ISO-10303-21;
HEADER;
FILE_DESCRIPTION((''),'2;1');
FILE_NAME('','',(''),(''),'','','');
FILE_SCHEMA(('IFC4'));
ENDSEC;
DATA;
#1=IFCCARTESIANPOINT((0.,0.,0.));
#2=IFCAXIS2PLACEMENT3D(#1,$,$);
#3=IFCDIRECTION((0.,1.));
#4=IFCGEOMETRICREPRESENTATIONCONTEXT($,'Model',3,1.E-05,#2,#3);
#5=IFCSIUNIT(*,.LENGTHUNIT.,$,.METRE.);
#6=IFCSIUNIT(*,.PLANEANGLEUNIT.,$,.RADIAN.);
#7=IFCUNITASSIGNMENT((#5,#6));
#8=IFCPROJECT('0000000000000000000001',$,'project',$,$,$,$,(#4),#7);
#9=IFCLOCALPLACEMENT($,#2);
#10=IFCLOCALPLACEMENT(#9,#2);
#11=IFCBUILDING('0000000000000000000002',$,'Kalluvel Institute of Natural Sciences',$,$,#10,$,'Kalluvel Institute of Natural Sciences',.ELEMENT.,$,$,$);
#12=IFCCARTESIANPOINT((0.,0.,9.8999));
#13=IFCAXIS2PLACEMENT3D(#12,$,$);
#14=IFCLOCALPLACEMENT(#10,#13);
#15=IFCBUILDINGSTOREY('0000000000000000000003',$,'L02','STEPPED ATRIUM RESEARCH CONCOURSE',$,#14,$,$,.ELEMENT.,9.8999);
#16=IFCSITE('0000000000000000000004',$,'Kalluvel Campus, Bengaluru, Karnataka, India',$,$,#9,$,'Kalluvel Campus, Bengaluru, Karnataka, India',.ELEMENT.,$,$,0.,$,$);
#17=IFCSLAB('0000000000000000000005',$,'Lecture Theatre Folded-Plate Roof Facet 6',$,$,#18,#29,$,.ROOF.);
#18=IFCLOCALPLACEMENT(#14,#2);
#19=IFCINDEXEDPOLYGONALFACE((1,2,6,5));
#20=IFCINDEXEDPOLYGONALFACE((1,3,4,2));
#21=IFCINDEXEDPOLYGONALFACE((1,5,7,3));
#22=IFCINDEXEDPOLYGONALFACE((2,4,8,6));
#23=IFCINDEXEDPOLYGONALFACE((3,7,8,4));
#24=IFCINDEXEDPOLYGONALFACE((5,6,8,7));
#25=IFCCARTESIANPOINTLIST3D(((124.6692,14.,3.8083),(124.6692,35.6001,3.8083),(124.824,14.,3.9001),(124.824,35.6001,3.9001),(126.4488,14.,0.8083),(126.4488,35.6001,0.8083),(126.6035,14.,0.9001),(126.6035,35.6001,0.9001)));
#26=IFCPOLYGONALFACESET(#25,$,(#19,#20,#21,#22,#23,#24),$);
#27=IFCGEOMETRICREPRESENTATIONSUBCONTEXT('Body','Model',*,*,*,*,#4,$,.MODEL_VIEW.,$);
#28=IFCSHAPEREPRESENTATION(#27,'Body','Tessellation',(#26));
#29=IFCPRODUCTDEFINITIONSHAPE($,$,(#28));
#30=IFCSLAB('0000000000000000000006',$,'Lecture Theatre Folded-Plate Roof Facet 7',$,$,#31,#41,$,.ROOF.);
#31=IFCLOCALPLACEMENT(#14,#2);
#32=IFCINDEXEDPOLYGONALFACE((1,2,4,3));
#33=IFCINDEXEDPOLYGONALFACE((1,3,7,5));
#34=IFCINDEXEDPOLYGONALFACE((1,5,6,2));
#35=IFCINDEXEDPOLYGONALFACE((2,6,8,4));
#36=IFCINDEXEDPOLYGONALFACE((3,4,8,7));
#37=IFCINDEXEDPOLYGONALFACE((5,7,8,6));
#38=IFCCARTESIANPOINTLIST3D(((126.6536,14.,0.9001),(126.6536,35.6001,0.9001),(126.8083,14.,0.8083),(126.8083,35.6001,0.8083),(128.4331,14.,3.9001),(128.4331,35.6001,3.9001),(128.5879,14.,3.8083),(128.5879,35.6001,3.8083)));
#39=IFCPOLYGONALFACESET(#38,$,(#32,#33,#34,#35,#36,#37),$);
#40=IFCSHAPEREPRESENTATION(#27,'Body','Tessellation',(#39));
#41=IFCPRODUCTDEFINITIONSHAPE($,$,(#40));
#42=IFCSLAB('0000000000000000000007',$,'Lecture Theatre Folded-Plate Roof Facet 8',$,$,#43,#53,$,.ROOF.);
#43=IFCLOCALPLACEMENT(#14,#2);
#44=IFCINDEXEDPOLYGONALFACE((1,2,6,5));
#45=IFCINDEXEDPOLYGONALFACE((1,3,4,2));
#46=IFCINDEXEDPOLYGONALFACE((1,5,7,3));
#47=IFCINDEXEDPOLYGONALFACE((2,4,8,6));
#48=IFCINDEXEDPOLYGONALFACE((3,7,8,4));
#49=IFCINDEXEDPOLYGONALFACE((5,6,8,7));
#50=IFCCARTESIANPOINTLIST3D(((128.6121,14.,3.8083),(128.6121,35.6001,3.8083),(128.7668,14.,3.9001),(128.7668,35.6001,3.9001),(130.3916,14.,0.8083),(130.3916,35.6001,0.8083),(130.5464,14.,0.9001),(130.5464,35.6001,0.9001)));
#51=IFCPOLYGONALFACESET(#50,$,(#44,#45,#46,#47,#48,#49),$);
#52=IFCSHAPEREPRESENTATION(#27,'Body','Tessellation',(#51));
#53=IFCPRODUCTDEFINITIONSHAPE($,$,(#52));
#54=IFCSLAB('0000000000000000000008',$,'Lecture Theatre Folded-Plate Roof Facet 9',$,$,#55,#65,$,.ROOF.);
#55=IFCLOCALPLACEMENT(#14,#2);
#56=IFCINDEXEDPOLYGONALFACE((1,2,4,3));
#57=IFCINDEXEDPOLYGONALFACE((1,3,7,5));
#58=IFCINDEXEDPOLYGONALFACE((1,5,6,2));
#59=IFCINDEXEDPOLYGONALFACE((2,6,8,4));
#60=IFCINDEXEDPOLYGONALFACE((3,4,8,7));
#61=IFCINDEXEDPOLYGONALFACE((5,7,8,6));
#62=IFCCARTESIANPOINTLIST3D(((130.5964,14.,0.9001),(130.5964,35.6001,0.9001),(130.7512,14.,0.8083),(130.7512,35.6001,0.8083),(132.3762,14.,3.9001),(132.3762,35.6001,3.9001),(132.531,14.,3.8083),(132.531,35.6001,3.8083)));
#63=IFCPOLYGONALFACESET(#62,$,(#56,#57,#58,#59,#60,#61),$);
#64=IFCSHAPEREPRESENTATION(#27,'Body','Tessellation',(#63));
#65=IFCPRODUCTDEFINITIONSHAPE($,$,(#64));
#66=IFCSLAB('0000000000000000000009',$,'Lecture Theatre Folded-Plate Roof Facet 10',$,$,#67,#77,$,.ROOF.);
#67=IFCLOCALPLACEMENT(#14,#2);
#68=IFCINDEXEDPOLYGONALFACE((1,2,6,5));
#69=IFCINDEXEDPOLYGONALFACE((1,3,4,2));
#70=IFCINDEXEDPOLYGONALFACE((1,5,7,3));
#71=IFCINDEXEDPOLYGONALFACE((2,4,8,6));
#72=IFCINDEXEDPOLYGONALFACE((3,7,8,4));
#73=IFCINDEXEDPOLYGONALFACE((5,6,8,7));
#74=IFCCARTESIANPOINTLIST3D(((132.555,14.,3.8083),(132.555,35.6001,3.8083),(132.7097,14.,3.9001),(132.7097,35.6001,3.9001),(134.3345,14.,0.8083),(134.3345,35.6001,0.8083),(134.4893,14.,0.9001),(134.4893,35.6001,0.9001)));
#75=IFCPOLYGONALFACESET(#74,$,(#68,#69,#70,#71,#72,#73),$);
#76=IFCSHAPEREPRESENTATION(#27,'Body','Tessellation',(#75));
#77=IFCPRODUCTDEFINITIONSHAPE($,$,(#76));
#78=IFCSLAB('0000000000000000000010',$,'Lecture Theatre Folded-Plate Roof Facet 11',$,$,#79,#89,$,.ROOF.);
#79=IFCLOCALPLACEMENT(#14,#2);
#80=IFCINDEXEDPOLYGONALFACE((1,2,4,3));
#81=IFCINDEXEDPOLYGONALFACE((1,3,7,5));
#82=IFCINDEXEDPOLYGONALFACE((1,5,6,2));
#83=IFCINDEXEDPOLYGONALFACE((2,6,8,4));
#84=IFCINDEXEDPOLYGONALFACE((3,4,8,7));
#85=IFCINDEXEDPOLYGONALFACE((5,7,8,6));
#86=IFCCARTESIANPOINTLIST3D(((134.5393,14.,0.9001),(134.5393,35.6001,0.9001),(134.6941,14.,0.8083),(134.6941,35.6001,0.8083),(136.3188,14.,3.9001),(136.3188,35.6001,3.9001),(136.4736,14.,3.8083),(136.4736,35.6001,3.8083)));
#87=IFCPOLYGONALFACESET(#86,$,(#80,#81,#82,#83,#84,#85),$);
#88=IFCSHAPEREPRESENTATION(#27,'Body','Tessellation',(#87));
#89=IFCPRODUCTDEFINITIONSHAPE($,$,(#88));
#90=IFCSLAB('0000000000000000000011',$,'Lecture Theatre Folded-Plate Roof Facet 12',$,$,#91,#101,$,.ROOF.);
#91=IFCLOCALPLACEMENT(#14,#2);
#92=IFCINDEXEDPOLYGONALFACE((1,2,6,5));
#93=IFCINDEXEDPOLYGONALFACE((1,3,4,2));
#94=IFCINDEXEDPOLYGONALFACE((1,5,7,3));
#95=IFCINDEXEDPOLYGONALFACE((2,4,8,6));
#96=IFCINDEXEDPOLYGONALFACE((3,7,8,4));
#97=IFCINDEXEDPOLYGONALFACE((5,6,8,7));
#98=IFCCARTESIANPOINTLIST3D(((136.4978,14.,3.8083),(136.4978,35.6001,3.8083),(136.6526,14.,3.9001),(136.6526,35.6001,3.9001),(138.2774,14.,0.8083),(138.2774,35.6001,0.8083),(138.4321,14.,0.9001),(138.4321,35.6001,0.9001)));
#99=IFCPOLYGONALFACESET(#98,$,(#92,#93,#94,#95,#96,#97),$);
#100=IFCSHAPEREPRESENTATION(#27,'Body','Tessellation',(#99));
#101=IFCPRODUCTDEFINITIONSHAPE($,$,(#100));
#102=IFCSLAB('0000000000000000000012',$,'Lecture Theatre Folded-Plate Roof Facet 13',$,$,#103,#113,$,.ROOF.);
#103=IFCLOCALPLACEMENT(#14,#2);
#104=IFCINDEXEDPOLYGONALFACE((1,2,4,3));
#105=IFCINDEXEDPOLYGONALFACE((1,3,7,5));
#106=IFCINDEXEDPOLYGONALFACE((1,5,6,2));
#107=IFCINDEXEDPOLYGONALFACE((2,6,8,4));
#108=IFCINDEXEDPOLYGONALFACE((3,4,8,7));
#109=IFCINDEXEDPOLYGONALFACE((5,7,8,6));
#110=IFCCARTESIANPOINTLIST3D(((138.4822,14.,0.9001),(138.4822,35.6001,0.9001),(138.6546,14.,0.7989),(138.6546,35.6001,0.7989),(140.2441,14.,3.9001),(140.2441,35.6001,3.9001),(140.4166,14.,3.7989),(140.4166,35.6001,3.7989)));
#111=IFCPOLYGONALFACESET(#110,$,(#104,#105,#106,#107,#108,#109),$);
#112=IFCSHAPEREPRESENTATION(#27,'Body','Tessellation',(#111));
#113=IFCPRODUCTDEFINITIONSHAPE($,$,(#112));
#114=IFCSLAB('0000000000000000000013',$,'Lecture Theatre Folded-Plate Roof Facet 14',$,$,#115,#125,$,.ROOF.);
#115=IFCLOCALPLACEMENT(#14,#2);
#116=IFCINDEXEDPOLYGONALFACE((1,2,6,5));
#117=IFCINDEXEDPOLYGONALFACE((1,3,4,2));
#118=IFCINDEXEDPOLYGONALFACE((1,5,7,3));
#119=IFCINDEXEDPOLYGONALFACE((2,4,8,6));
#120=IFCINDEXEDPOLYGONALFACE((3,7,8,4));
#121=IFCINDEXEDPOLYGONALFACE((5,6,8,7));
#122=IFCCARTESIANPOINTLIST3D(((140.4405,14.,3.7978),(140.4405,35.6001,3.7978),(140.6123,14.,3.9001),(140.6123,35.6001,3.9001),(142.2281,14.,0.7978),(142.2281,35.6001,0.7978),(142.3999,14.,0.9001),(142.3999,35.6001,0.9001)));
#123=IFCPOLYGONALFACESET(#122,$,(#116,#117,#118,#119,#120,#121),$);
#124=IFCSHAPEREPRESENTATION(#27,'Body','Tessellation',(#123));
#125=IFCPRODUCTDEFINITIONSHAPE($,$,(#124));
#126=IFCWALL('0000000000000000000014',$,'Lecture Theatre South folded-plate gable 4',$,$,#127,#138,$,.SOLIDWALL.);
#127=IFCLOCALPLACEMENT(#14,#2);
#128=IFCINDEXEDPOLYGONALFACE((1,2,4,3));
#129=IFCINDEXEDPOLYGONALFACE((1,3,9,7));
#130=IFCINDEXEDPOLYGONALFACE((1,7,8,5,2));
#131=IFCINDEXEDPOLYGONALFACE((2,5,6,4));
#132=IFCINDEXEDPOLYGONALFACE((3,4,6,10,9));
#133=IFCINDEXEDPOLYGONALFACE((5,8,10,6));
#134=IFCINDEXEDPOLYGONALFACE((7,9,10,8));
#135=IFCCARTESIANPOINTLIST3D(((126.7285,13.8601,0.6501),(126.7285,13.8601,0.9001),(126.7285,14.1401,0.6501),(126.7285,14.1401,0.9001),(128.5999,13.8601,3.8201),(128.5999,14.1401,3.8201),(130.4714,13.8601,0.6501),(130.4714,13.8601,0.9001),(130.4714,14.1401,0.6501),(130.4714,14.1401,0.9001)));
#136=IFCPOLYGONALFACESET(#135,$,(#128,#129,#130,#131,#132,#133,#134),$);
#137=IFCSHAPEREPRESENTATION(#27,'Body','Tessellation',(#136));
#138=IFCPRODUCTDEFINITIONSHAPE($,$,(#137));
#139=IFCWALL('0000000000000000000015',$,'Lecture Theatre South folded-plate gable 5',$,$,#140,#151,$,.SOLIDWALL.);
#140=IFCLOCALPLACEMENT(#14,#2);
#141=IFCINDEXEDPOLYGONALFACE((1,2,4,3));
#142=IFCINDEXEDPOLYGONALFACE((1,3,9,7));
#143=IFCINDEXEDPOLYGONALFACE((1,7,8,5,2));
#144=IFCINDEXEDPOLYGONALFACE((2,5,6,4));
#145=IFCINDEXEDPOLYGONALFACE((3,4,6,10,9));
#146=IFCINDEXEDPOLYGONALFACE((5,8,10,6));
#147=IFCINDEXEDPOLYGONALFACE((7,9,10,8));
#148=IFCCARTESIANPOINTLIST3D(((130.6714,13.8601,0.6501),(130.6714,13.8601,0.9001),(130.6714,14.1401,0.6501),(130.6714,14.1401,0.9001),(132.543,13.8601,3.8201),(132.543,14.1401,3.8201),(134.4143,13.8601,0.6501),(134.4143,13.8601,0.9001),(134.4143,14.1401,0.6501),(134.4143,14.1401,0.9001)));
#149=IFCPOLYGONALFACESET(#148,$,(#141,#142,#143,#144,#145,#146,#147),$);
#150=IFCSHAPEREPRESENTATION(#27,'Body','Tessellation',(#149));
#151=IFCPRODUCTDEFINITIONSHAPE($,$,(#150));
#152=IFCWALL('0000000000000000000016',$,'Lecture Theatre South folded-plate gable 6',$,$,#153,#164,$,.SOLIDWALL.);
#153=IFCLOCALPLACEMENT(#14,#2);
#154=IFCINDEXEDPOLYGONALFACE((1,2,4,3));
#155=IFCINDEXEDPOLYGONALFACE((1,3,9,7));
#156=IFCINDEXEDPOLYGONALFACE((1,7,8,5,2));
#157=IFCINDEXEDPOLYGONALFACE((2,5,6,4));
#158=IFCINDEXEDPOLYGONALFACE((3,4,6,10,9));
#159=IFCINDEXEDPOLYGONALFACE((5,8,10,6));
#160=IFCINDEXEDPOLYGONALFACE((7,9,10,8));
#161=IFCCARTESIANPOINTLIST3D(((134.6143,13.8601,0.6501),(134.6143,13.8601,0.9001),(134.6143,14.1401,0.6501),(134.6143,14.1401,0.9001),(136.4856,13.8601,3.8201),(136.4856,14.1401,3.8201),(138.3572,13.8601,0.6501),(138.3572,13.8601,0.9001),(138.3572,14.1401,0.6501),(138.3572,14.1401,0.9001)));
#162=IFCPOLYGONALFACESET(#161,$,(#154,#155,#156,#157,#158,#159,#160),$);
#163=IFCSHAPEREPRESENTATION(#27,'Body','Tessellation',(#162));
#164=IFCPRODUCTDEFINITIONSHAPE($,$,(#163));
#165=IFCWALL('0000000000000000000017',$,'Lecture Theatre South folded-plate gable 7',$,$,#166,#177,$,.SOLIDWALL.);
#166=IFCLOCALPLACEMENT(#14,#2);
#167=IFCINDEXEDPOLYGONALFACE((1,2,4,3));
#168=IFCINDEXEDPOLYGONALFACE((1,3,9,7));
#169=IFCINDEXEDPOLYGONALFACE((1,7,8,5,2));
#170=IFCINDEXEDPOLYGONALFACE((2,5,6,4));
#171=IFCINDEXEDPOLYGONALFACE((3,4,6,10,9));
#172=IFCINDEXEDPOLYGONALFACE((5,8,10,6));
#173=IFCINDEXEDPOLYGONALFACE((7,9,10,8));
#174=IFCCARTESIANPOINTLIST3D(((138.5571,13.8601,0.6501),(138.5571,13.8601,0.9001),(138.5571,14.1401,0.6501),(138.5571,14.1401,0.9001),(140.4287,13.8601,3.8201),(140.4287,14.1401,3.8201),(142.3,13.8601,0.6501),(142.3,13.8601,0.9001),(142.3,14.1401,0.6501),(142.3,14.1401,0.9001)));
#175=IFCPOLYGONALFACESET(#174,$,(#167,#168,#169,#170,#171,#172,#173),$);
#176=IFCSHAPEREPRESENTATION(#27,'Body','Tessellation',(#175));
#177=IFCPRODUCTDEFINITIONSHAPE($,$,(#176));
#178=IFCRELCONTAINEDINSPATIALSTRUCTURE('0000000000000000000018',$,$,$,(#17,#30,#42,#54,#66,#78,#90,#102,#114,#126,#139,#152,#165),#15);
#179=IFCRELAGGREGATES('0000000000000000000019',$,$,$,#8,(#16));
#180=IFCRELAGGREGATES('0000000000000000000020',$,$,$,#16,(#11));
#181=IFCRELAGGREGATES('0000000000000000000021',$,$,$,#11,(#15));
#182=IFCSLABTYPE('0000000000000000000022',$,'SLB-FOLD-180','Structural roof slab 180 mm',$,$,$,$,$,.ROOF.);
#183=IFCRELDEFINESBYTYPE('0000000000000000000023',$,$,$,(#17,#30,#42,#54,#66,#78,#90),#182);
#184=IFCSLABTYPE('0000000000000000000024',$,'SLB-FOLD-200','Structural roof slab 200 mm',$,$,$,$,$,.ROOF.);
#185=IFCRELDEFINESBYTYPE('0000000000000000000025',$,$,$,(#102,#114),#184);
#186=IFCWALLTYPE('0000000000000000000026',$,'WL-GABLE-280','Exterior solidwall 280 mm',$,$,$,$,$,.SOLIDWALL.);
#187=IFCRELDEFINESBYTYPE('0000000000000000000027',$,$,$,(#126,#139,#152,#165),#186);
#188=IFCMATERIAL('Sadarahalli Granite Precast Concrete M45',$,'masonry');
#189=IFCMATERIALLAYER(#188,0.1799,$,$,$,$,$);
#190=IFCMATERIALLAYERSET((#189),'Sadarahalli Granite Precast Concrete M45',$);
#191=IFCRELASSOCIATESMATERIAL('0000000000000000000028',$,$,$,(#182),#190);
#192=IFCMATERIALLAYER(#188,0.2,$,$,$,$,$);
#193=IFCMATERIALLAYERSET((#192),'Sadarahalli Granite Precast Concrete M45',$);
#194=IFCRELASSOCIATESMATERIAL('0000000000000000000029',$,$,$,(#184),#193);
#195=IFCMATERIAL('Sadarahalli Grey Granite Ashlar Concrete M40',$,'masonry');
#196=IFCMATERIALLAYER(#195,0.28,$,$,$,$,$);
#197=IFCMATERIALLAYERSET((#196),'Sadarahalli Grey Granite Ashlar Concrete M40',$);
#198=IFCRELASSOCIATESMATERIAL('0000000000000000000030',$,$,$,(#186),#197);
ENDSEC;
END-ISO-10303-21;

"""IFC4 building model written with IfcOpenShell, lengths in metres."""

from ifc_helpers import new_model, si_unit, direction, frame, origin, place, context, subcontext, project, spatial, polyline, outline, extrude, material, layer, layer_set, type_object, element, save


model = new_model("IFC4")

# Units and contexts
model_context = context("Model", 3, precision=1e-05, world=origin(), true_north=direction((0.0, 1.0)))
body_context = subcontext(model_context, "Body", "Model", "MODEL_VIEW")
ifc_project = project(units=[si_unit("LENGTHUNIT", "METRE"), si_unit("PLANEANGLEUNIT", "RADIAN")], contexts=[model_context])

# Site, building, storey
site_placement = place(None, origin())
site = spatial("IfcSite", under=ifc_project, at=site_placement, Name="Kalluvel Campus, Bengaluru, Karnataka, India", LongName="Kalluvel Campus, Bengaluru, Karnataka, India", CompositionType="ELEMENT", RefElevation=0.0)
building_placement = place(site_placement, origin())
building = spatial("IfcBuilding", under=site, at=building_placement, Name="Kalluvel Institute of Natural Sciences", LongName="Kalluvel Institute of Natural Sciences", CompositionType="ELEMENT")
storey_placement = place(building_placement, frame((0.0, 0.0, 9.8999)))
storey = spatial("IfcBuildingStorey", under=building, at=storey_placement, Name="L02", Description="STEPPED ATRIUM RESEARCH CONCOURSE", CompositionType="ELEMENT", Elevation=9.8999)

# Slabs
ifc_material_1 = material(Name="Sadarahalli Granite Precast Concrete M45", Category="masonry")
ifc_layer_1 = layer(ifc_material_1, 0.1799)
ifc_layer_set_1 = layer_set([ifc_layer_1], Name="Sadarahalli Granite Precast Concrete M45")
slab_type_1 = type_object("IfcSlabType", Name="SLB-FOLD-180", Description="Structural roof slab 180 mm", PredefinedType="ROOF", material=ifc_layer_set_1)
for number, where, z_axis, x_axis, name in (
    (1, (124.824, 14.0, 3.9001), (0.86007, 0.0, 0.510176), (0.510176, 0.0, -0.86007), "Lecture Theatre Folded-Plate Roof Facet 6"),
    (2, (126.6536, 14.0, 0.9001), (-0.86007, 0.0, 0.510176), (0.510176, 0.0, 0.86007), "Lecture Theatre Folded-Plate Roof Facet 7"),
    (3, (128.7668, 14.0, 3.9001), (0.86007, 0.0, 0.510176), (0.510176, 0.0, -0.86007), "Lecture Theatre Folded-Plate Roof Facet 8"),
):
    element("IfcSlab", number, at=place(storey_placement, frame(where, z_axis=z_axis, x_axis=x_axis)), inside=storey, type_object=slab_type_1, Name=name, PredefinedType="ROOF", context=body_context, shape_type="SweptSolid", body=[
        extrude(outline(polyline([(0.0, 0.0), (3.4881, 0.0), (3.4881, 21.6001), (0.0, 21.6001), (0.0, 0.0)])), origin(), (0.0, 0.0, -1.0), 0.1799),
    ])
slab_1_placement = place(storey_placement, frame((130.5964, 14.0, 0.9001), z_axis=(-0.860039, 0.0, 0.510228), x_axis=(0.510228, 0.0, 0.860039)))
element("IfcSlab", 4, at=slab_1_placement, inside=storey, type_object=slab_type_1, Name="Lecture Theatre Folded-Plate Roof Facet 9", PredefinedType="ROOF", context=body_context, shape_type="SweptSolid", body=[
    extrude(outline(polyline([(0.0, 0.0), (3.4882, 0.0), (3.4882, 21.6001), (0.0, 21.6001), (0.0, 0.0)])), origin(), (0.0, 0.0, -1.0), 0.1799),
])
for number, where, z_axis, x_axis, name in (
    (5, (132.7097, 14.0, 3.9001), (0.86007, 0.0, 0.510176), (0.510176, 0.0, -0.86007), "Lecture Theatre Folded-Plate Roof Facet 10"),
    (6, (134.5393, 14.0, 0.9001), (-0.86007, 0.0, 0.510176), (0.510176, 0.0, 0.86007), "Lecture Theatre Folded-Plate Roof Facet 11"),
    (7, (136.6526, 14.0, 3.9001), (0.86007, 0.0, 0.510176), (0.510176, 0.0, -0.86007), "Lecture Theatre Folded-Plate Roof Facet 12"),
):
    element("IfcSlab", number, at=place(storey_placement, frame(where, z_axis=z_axis, x_axis=x_axis)), inside=storey, type_object=slab_type_1, Name=name, PredefinedType="ROOF", context=body_context, shape_type="SweptSolid", body=[
        extrude(outline(polyline([(0.0, 0.0), (3.4881, 0.0), (3.4881, 21.6001), (0.0, 21.6001), (0.0, 0.0)])), origin(), (0.0, 0.0, -1.0), 0.1799),
    ])
ifc_layer_2 = layer(ifc_material_1, 0.2)
ifc_layer_set_2 = layer_set([ifc_layer_2], Name="Sadarahalli Granite Precast Concrete M45")
slab_type_2 = type_object("IfcSlabType", Name="SLB-FOLD-200", Description="Structural roof slab 200 mm", PredefinedType="ROOF", material=ifc_layer_set_2)
slab_2_placement = place(storey_placement, frame((138.4822, 14.0, 0.9001), z_axis=(-0.862279, 0.0, 0.506434), x_axis=(0.506434, 0.0, 0.862279)))
element("IfcSlab", 8, at=slab_2_placement, inside=storey, type_object=slab_type_2, Name="Lecture Theatre Folded-Plate Roof Facet 13", PredefinedType="ROOF", context=body_context, shape_type="SweptSolid", body=[
    extrude(outline(polyline([(0.0, 0.0), (3.4792, 0.0), (3.4792, 21.6001), (0.0, 21.6001), (0.0, 0.0)])), origin(), (0.0, 0.0, -1.0), 0.2),
])
slab_3_placement = place(storey_placement, frame((140.6123, 14.0, 3.9001), z_axis=(0.859056, 0.0, 0.511882), x_axis=(0.511882, 0.0, -0.859056)))
element("IfcSlab", 9, at=slab_3_placement, inside=storey, type_object=slab_type_2, Name="Lecture Theatre Folded-Plate Roof Facet 14", PredefinedType="ROOF", context=body_context, shape_type="SweptSolid", body=[
    extrude(outline(polyline([(0.0, 0.0), (3.4922, 0.0), (3.4922, 21.6001), (0.0, 21.6001), (0.0, 0.0)])), origin(), (0.0, 0.0, -1.0), 0.2),
])

# Walls
ifc_material_2 = material(Name="Sadarahalli Grey Granite Ashlar Concrete M40", Category="masonry")
ifc_layer_3 = layer(ifc_material_2, 0.28)
ifc_layer_set_3 = layer_set([ifc_layer_3], Name="Sadarahalli Grey Granite Ashlar Concrete M40")
wall_type = type_object("IfcWallType", Name="WL-GABLE-280", Description="Exterior solidwall 280 mm", PredefinedType="SOLIDWALL", material=ifc_layer_set_3)
wall_1_placement = place(storey_placement, frame((126.7285, 14.0, 0.6501), z_axis=(0.0, 0.0, 1.0), x_axis=(1.0, 0.0, 0.0)))
element("IfcWall", 10, at=wall_1_placement, inside=storey, type_object=wall_type, Name="Lecture Theatre South folded-plate gable 4", PredefinedType="SOLIDWALL", context=body_context, shape_type="SweptSolid", body=[
    extrude(outline(polyline([(0.0, 0.0), (3.7429, 0.0), (3.7429, 0.25), (1.8713, 3.1699), (0.0, 0.25), (0.0, 0.0)])), frame((0.0, 0.1401, 0.0), z_axis=(0.0, -1.0, 0.0), x_axis=(1.0, 0.0, 0.0)), (0.0, 0.0, 1.0), 0.28),
])
wall_2_placement = place(storey_placement, frame((130.6714, 14.0, 0.6501), z_axis=(0.0, 0.0, 1.0), x_axis=(1.0, 0.0, 0.0)))
element("IfcWall", 11, at=wall_2_placement, inside=storey, type_object=wall_type, Name="Lecture Theatre South folded-plate gable 5", PredefinedType="SOLIDWALL", context=body_context, shape_type="SweptSolid", body=[
    extrude(outline(polyline([(0.0, 0.0), (3.7429, 0.0), (3.7429, 0.25), (1.8716, 3.1699), (0.0, 0.25), (0.0, 0.0)])), frame((0.0, 0.1401, 0.0), z_axis=(0.0, -1.0, 0.0), x_axis=(1.0, 0.0, 0.0)), (0.0, 0.0, 1.0), 0.28),
])
wall_3_placement = place(storey_placement, frame((134.6143, 14.0, 0.6501), z_axis=(0.0, 0.0, 1.0), x_axis=(1.0, 0.0, 0.0)))
element("IfcWall", 12, at=wall_3_placement, inside=storey, type_object=wall_type, Name="Lecture Theatre South folded-plate gable 6", PredefinedType="SOLIDWALL", context=body_context, shape_type="SweptSolid", body=[
    extrude(outline(polyline([(0.0, 0.0), (3.7429, 0.0), (3.7429, 0.25), (1.8713, 3.1699), (0.0, 0.25), (0.0, 0.0)])), frame((0.0, 0.1401, 0.0), z_axis=(0.0, -1.0, 0.0), x_axis=(1.0, 0.0, 0.0)), (0.0, 0.0, 1.0), 0.28),
])
wall_4_placement = place(storey_placement, frame((138.5571, 14.0, 0.6501), z_axis=(0.0, 0.0, 1.0), x_axis=(1.0, 0.0, 0.0)))
element("IfcWall", 13, at=wall_4_placement, inside=storey, type_object=wall_type, Name="Lecture Theatre South folded-plate gable 7", PredefinedType="SOLIDWALL", context=body_context, shape_type="SweptSolid", body=[
    extrude(outline(polyline([(0.0, 0.0), (3.7429, 0.0), (3.7429, 0.25), (1.8716, 3.1699), (0.0, 0.25), (0.0, 0.0)])), frame((0.0, 0.1401, 0.0), z_axis=(0.0, -1.0, 0.0), x_axis=(1.0, 0.0, 0.0)), (0.0, 0.0, 1.0), 0.28),
])

save(model, "model.ifc")
